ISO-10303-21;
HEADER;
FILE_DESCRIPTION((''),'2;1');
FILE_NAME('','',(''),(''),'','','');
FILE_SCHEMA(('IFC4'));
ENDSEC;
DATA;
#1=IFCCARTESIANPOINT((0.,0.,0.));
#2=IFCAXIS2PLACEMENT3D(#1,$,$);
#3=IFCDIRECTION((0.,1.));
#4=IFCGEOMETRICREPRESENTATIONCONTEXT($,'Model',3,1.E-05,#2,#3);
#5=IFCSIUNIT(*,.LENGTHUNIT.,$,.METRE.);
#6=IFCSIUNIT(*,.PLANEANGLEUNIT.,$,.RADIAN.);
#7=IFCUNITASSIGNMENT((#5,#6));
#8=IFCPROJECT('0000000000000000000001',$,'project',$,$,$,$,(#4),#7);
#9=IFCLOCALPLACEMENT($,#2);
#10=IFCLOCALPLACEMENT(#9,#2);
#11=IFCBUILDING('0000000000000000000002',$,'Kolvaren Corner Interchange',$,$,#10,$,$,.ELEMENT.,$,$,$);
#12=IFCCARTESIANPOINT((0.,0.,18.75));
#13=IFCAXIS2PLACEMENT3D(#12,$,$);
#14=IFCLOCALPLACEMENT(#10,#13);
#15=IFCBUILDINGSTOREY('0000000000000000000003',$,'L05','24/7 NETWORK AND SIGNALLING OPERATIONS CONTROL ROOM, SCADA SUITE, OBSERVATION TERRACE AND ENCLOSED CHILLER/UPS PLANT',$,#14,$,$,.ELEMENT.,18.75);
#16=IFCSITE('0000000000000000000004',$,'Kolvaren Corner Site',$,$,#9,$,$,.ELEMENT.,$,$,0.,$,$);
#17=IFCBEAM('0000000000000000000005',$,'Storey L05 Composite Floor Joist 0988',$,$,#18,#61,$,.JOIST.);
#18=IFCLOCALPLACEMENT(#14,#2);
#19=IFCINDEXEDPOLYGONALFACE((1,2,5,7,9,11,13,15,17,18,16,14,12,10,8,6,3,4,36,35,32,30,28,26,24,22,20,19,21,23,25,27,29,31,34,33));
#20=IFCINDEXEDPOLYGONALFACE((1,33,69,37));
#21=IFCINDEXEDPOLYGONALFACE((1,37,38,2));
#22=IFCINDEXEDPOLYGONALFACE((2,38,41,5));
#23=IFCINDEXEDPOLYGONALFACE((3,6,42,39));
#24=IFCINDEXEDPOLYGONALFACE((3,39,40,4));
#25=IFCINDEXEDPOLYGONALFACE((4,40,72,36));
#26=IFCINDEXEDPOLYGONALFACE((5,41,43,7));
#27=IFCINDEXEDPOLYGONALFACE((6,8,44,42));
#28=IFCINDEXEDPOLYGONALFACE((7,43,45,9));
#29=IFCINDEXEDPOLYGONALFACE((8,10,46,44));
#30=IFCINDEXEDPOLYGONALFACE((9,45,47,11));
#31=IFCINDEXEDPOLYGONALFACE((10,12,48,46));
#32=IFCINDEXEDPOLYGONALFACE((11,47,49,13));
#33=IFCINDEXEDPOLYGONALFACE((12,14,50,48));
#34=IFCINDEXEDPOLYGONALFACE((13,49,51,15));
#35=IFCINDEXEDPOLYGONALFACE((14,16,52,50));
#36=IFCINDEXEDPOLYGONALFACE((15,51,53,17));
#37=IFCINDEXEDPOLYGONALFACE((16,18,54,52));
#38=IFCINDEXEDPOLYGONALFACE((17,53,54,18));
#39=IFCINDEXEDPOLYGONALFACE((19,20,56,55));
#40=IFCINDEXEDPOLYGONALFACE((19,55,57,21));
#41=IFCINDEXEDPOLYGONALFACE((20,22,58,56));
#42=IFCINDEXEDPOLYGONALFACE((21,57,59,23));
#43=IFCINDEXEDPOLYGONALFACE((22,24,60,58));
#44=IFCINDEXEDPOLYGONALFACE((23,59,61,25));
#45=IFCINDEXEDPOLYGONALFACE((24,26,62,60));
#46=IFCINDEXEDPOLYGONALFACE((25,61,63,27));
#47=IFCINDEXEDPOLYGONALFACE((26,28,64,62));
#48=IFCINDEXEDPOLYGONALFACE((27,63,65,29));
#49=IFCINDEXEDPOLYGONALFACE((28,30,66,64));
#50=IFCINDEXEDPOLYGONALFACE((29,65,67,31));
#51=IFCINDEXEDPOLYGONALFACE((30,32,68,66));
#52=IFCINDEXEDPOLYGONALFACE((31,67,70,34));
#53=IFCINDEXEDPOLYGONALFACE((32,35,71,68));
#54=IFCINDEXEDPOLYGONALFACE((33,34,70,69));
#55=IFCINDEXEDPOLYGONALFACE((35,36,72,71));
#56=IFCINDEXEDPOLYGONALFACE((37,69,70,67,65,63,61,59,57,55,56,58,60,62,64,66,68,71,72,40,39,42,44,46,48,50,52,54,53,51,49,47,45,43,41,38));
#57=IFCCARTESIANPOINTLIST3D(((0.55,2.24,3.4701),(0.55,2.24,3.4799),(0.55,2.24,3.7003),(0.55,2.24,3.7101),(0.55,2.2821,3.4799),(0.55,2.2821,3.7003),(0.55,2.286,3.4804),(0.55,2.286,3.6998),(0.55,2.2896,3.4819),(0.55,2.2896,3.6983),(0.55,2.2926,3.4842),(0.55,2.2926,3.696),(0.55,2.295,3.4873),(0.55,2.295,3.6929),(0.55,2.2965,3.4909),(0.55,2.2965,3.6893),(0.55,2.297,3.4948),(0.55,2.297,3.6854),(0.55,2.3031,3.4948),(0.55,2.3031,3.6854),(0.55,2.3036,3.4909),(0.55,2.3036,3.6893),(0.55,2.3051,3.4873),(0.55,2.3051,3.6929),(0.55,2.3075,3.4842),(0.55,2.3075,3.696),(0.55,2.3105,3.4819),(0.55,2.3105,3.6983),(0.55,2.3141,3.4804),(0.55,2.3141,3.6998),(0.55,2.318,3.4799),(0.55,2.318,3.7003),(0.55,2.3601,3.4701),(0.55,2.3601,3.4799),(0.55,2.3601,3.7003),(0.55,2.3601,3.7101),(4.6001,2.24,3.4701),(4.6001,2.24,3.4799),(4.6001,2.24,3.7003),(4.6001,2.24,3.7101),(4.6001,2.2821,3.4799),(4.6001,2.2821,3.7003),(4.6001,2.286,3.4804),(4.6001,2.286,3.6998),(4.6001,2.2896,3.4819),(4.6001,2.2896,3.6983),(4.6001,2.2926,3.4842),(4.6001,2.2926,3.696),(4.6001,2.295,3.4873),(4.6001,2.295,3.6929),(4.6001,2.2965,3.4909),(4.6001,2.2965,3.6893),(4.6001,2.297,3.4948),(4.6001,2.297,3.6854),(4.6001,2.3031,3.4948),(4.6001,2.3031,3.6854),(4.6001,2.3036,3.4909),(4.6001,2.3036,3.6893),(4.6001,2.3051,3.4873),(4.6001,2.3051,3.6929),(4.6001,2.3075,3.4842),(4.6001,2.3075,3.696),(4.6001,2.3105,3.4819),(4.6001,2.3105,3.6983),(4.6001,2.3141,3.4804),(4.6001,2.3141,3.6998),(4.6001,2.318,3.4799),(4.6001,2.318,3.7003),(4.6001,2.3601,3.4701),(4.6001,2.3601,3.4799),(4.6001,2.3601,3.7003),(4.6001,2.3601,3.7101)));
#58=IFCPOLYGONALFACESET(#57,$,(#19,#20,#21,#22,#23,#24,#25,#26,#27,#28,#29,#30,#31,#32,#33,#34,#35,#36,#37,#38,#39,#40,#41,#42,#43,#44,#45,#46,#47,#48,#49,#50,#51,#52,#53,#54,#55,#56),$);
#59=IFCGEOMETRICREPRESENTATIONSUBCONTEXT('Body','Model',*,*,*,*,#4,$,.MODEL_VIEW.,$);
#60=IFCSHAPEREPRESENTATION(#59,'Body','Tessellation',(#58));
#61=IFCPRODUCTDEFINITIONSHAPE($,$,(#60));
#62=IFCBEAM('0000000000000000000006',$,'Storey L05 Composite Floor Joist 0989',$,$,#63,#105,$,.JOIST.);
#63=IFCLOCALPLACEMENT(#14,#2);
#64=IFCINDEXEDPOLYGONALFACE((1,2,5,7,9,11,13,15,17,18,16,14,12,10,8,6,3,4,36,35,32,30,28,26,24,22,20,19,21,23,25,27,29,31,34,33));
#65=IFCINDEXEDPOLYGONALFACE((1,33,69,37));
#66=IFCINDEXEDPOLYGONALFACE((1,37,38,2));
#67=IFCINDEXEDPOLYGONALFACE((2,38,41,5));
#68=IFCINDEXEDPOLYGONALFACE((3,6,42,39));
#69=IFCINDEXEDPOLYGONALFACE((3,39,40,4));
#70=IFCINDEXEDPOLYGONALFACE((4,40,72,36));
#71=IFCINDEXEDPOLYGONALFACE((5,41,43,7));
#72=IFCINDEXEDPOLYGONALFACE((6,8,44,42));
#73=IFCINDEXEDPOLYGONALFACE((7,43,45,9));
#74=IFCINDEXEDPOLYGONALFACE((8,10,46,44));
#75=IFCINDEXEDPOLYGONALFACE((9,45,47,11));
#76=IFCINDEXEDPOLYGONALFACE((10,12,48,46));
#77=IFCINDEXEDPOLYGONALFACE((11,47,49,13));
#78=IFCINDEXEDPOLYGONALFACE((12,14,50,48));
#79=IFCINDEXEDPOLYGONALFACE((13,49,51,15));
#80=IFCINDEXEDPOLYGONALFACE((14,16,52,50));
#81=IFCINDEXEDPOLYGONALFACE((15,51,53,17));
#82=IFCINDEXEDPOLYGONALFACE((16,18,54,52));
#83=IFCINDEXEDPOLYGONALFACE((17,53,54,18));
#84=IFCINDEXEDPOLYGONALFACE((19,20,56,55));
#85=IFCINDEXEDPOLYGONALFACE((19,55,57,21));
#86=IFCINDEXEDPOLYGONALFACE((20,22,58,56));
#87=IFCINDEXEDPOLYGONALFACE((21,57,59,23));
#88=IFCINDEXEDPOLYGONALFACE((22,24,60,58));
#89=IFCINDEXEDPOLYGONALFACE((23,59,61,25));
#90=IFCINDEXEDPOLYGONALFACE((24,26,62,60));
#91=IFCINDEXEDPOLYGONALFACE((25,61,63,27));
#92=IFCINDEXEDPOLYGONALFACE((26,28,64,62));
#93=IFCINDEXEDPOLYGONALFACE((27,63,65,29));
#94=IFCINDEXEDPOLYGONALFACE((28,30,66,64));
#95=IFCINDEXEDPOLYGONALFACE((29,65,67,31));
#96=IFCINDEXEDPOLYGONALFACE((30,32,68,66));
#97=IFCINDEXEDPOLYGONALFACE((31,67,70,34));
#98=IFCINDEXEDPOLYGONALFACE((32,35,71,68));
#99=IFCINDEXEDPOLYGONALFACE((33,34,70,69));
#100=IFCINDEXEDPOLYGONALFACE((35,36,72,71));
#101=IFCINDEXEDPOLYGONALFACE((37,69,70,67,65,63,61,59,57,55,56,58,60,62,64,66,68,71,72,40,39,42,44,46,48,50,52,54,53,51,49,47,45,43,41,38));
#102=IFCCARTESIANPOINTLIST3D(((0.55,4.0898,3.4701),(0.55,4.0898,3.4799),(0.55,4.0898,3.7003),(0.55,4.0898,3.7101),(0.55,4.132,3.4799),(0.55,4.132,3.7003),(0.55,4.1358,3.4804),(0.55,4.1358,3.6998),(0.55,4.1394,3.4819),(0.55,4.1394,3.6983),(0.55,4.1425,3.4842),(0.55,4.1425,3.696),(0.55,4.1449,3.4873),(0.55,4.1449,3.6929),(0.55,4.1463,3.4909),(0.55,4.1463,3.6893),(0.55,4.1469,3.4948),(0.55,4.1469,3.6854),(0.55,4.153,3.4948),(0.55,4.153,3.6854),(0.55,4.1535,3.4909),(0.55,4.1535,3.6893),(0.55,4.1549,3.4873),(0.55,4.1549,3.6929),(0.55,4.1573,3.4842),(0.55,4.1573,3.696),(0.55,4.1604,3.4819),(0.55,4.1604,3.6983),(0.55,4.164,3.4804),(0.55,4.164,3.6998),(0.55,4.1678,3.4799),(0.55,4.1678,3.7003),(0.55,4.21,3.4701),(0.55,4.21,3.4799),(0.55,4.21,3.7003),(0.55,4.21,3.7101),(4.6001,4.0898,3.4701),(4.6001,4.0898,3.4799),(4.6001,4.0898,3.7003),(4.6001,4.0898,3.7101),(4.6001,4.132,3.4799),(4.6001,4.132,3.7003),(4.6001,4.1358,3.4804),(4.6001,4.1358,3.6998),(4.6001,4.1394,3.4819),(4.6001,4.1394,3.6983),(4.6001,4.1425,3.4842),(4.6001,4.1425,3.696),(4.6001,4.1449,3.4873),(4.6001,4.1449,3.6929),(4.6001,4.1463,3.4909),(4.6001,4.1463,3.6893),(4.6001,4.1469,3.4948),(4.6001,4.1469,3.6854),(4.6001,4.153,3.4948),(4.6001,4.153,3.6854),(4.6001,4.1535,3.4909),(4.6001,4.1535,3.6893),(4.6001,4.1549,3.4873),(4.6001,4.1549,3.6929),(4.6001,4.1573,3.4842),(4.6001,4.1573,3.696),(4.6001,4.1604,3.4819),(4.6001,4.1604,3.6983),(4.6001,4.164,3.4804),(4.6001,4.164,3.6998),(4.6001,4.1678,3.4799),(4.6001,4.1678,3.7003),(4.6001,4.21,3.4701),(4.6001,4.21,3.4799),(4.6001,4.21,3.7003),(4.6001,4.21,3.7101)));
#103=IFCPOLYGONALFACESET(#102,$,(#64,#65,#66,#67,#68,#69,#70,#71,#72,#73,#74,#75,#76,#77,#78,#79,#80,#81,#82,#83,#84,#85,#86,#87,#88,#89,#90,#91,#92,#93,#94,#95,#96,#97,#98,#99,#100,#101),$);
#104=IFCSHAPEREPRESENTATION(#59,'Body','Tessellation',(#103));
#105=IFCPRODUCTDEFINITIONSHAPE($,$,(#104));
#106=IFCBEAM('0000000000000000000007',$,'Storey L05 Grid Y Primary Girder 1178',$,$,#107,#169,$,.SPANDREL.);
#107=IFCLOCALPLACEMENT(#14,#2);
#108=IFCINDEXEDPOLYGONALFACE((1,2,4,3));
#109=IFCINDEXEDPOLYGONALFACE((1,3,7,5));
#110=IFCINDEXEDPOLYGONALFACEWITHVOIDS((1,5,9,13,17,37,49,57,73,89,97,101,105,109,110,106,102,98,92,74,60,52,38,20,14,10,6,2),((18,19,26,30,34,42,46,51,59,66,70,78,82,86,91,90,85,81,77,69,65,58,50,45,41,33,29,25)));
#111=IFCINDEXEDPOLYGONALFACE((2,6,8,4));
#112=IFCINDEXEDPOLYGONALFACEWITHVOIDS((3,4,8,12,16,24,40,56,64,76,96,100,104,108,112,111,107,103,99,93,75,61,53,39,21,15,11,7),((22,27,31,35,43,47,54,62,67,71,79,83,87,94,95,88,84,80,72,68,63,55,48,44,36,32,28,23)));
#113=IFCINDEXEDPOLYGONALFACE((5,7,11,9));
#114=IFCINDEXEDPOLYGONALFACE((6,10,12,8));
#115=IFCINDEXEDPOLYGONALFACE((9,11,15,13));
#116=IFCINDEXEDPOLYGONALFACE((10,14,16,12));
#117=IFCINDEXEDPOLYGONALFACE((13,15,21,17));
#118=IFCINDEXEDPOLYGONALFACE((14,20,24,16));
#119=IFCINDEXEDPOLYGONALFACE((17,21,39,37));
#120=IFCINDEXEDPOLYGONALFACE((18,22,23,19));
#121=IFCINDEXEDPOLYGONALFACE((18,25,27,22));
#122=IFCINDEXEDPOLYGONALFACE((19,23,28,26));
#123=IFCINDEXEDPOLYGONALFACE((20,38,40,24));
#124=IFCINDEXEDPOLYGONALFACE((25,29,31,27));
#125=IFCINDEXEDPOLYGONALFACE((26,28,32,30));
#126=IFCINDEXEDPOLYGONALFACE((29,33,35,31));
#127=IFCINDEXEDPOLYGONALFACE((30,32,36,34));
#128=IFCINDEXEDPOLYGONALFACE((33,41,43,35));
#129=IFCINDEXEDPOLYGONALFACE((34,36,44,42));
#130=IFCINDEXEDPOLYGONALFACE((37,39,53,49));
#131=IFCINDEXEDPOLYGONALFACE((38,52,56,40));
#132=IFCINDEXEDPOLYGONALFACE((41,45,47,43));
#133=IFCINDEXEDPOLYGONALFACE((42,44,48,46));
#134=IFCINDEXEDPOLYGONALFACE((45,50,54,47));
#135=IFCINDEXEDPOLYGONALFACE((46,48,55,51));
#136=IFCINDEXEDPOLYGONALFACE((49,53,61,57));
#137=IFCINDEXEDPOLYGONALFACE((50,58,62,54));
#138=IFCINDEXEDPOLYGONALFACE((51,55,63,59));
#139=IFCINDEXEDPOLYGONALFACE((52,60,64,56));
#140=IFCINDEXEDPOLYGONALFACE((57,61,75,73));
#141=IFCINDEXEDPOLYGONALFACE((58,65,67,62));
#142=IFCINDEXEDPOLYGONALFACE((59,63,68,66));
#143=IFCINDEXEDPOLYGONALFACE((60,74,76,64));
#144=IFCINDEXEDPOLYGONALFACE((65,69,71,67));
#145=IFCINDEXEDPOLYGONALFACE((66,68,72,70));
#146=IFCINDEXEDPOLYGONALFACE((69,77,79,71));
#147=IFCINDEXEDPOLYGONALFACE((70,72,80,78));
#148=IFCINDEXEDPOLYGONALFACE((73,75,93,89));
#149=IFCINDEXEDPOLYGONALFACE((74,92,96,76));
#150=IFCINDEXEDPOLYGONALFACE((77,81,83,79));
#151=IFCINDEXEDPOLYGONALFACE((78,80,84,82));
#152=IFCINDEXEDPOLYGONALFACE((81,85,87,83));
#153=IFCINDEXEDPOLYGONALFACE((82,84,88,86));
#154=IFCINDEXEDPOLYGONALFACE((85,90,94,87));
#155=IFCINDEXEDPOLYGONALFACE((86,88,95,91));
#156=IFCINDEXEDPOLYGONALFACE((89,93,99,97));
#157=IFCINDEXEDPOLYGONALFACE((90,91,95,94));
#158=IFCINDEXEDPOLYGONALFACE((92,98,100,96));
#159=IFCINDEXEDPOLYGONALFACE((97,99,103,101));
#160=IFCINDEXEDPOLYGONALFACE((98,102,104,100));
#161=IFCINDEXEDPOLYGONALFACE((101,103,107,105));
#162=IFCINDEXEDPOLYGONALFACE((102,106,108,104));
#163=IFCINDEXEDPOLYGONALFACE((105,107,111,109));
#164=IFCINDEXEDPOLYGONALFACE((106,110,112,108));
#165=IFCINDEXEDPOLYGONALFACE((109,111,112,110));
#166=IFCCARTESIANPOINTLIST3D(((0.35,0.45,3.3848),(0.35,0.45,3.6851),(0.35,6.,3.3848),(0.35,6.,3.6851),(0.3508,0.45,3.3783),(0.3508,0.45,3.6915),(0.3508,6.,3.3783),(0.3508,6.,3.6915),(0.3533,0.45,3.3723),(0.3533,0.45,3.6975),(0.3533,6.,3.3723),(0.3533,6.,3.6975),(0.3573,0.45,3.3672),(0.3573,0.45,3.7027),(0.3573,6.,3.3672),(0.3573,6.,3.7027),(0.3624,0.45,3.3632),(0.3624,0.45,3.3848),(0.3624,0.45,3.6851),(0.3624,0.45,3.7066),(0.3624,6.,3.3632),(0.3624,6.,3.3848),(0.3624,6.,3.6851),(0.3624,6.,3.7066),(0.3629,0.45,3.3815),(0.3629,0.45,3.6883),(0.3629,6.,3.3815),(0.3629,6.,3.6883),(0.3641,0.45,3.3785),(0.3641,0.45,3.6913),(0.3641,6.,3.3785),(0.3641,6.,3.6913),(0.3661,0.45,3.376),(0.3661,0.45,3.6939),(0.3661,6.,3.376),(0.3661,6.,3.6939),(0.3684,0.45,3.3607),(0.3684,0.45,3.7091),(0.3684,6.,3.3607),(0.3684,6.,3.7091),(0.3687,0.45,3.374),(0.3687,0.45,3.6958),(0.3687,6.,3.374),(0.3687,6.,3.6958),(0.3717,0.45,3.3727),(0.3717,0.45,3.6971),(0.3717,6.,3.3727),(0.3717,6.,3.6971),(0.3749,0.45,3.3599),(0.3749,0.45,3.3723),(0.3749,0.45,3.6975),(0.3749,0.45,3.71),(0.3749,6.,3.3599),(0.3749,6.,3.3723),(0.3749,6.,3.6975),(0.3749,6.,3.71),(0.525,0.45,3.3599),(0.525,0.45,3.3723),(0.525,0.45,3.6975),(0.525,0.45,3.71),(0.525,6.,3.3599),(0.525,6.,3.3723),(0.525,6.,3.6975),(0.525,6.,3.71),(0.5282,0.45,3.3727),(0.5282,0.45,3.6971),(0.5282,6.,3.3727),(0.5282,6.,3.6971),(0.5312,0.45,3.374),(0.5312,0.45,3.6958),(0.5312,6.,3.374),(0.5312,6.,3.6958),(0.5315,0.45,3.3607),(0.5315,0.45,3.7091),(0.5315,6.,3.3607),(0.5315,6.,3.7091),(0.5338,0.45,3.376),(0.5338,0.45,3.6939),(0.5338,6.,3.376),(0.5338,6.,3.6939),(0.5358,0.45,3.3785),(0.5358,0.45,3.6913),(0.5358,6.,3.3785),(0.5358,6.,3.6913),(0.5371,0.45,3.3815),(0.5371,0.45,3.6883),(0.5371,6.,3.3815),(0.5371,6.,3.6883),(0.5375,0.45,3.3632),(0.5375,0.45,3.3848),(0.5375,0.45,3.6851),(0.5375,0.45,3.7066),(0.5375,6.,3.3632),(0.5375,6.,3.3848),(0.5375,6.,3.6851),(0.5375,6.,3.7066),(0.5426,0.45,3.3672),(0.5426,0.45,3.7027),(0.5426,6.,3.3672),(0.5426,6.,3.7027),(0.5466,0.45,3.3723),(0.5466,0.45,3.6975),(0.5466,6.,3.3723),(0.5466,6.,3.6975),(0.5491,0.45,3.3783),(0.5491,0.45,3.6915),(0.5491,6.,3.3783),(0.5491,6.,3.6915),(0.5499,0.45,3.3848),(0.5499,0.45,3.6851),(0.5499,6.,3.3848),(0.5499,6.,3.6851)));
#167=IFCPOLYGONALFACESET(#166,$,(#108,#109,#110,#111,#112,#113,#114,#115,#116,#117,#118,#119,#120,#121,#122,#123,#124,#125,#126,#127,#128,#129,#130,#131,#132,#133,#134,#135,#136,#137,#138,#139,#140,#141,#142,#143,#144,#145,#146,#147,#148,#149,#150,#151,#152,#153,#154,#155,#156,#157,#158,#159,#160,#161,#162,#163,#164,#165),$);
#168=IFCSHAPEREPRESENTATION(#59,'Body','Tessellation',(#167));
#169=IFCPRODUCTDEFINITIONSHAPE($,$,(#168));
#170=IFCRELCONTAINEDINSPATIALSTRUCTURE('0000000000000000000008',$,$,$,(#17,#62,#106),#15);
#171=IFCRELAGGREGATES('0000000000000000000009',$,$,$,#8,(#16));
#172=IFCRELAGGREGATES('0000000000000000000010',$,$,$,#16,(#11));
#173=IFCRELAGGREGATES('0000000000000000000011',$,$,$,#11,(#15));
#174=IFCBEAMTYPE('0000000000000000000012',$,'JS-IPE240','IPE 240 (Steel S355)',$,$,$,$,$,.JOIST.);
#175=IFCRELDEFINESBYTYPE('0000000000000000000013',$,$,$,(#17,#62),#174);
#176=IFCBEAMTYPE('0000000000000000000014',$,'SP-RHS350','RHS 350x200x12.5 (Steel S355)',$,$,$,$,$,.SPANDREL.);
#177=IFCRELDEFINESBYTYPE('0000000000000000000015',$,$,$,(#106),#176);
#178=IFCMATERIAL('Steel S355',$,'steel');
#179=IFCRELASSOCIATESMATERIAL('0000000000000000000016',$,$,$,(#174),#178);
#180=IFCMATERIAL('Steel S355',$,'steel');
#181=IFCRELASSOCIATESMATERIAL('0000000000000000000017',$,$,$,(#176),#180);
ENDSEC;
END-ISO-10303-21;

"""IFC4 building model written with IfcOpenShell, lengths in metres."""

from ifc_helpers import new_model, si_unit, direction, frame, origin, origin_2d, place, context, subcontext, project, spatial, hollow_rectangle, i_section, extrude, material, material_profile, profile_set, type_object, element, save


model = new_model("IFC4")

# Units and contexts
model_context = context("Model", 3, precision=1e-05, world=origin(), true_north=direction((0.0, 1.0)))
body_context = subcontext(model_context, "Body", "Model", "MODEL_VIEW")
ifc_project = project(units=[si_unit("LENGTHUNIT", "METRE"), si_unit("PLANEANGLEUNIT", "RADIAN")], contexts=[model_context])

# Site, building, storey
site_placement = place(None, origin())
site = spatial("IfcSite", under=ifc_project, at=site_placement, Name="Kolvaren Corner Site", CompositionType="ELEMENT", RefElevation=0.0)
building_placement = place(site_placement, origin())
building = spatial("IfcBuilding", under=site, at=building_placement, Name="Kolvaren Corner Interchange", CompositionType="ELEMENT")
storey_placement = place(building_placement, frame((0.0, 0.0, 18.75)))
storey = spatial("IfcBuildingStorey", under=building, at=storey_placement, Name="L05", Description="24/7 NETWORK AND SIGNALLING OPERATIONS CONTROL ROOM, SCADA SUITE, OBSERVATION TERRACE AND ENCLOSED CHILLER/UPS PLANT", CompositionType="ELEMENT", Elevation=18.75)

# Beams
ifc_material_1 = material(Name="Steel S355", Category="steel")
ifc_material_profile_1 = material_profile(ifc_material_1, i_section(OverallWidth=0.1201, OverallDepth=0.24, WebThickness=0.0061, FlangeThickness=0.0098, FilletRadius=0.0149, at=origin_2d()), Name="IPE 240")
ifc_profile_set_1 = profile_set([ifc_material_profile_1], Name="Steel S355")
beam_type_1 = type_object("IfcBeamType", Name="JS-IPE240", Description="IPE 240 (Steel S355)", PredefinedType="JOIST", material=ifc_profile_set_1)
for number, where, z_axis, x_axis, name in (
    (1, (0.55, 2.3, 3.5901), (1.0, 0.0, 0.0), (0.0, 1.0, 0.0), "Storey L05 Composite Floor Joist 0988"),
    (2, (0.55, 4.1499, 3.5901), (1.0, 0.0, 0.0), (0.0, 1.0, 0.0), "Storey L05 Composite Floor Joist 0989"),
):
    element("IfcBeam", number, at=place(storey_placement, frame(where, z_axis=z_axis, x_axis=x_axis)), inside=storey, type_object=beam_type_1, Name=name, PredefinedType="JOIST", context=body_context, shape_type="SweptSolid", body=[
        extrude(i_section(OverallWidth=0.1201, OverallDepth=0.24, WebThickness=0.0061, FlangeThickness=0.0098, FilletRadius=0.0149, at=origin_2d()), origin(), (0.0, 0.0, 1.0), 4.05),
    ])
ifc_material_2 = material(Name="Steel S355", Category="steel")
ifc_material_profile_2 = material_profile(ifc_material_2, hollow_rectangle(XDim=0.2, YDim=0.3501, WallThickness=0.0125, InnerFilletRadius=0.0125, OuterFilletRadius=0.0249, at=origin_2d()), Name="RHS 350x200x12.5")
ifc_profile_set_2 = profile_set([ifc_material_profile_2], Name="Steel S355")
beam_type_2 = type_object("IfcBeamType", Name="SP-RHS350", Description="RHS 350x200x12.5 (Steel S355)", PredefinedType="SPANDREL", material=ifc_profile_set_2)
beam_1_placement = place(storey_placement, frame((0.45, 0.45, 3.5349), z_axis=(0.0, 1.0, 0.0), x_axis=(-1.0, 0.0, 0.0)))
element("IfcBeam", 3, at=beam_1_placement, inside=storey, type_object=beam_type_2, Name="Storey L05 Grid Y Primary Girder 1178", PredefinedType="SPANDREL", context=body_context, shape_type="SweptSolid", body=[
    extrude(hollow_rectangle(XDim=0.2, YDim=0.3501, WallThickness=0.0125, InnerFilletRadius=0.0125, OuterFilletRadius=0.0249, at=origin_2d()), origin(), (0.0, 0.0, 1.0), 5.55),
])

save(model, "model.ifc")
